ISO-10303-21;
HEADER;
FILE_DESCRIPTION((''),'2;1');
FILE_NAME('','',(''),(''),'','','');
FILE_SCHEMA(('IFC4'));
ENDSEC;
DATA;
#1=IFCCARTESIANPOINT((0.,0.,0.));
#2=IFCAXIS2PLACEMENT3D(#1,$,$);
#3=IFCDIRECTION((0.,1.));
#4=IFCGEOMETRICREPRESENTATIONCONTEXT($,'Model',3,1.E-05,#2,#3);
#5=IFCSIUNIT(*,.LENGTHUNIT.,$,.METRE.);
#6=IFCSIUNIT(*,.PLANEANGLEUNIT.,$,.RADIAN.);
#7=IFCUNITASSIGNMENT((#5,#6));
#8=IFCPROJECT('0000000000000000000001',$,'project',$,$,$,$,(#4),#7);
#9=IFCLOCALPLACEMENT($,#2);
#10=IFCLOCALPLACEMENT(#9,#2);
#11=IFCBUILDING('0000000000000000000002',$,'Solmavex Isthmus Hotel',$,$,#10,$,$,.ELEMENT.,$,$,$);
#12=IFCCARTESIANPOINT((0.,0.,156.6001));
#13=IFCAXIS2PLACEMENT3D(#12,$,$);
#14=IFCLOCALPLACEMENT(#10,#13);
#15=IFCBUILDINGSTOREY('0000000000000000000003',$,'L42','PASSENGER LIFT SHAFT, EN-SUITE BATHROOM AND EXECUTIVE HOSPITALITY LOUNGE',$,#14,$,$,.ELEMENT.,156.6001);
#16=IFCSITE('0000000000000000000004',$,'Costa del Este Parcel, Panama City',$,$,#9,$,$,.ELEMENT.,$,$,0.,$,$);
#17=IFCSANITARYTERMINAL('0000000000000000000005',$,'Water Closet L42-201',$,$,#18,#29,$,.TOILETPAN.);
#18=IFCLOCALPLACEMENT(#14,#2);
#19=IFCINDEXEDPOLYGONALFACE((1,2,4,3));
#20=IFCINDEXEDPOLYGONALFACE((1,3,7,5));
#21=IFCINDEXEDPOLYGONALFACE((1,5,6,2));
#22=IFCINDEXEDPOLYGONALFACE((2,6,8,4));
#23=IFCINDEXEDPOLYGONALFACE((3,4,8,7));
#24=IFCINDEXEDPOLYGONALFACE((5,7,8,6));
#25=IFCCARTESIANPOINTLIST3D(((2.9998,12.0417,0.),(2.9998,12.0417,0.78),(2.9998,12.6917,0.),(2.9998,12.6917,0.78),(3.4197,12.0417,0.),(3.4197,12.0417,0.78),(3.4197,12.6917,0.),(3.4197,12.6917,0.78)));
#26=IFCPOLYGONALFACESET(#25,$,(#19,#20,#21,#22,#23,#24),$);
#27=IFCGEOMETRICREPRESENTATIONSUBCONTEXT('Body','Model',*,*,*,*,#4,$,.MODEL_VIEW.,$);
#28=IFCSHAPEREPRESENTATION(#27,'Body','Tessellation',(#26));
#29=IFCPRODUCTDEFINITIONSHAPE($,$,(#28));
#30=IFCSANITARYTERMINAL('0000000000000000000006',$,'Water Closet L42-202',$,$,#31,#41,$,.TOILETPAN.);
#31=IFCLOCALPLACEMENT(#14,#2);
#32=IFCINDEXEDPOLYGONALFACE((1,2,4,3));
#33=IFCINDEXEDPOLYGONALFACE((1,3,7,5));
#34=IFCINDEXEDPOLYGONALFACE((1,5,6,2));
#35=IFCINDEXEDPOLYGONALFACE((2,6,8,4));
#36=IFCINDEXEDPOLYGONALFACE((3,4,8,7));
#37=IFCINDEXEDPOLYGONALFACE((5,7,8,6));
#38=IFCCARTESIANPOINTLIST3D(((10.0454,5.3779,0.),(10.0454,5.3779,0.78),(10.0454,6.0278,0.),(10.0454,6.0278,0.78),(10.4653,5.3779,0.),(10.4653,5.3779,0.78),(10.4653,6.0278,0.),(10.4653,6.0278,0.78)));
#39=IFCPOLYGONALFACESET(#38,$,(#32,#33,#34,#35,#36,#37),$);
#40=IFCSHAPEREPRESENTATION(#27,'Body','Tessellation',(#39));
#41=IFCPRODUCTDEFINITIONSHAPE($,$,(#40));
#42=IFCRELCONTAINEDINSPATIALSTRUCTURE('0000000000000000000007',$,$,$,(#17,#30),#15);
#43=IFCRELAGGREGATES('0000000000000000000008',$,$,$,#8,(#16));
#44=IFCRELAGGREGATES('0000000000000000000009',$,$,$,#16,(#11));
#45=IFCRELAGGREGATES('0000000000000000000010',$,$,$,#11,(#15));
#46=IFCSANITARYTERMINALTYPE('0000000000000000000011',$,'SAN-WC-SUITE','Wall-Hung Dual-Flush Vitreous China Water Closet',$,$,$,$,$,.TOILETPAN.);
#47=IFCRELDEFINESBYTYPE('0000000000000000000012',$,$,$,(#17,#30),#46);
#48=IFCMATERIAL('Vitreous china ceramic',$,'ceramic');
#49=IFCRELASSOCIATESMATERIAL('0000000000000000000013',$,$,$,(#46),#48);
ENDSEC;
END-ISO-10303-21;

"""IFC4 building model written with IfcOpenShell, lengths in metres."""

from ifc_helpers import new_model, si_unit, direction, frame, origin, origin_2d, place, context, subcontext, project, spatial, rectangle, extrude, material, type_object, element, save


model = new_model("IFC4")

# Units and contexts
model_context = context("Model", 3, precision=1e-05, world=origin(), true_north=direction((0.0, 1.0)))
body_context = subcontext(model_context, "Body", "Model", "MODEL_VIEW")
ifc_project = project(units=[si_unit("LENGTHUNIT", "METRE"), si_unit("PLANEANGLEUNIT", "RADIAN")], contexts=[model_context])

# Site, building, storey
site_placement = place(None, origin())
site = spatial("IfcSite", under=ifc_project, at=site_placement, Name="Costa del Este Parcel, Panama City", CompositionType="ELEMENT", RefElevation=0.0)
building_placement = place(site_placement, origin())
building = spatial("IfcBuilding", under=site, at=building_placement, Name="Solmavex Isthmus Hotel", CompositionType="ELEMENT")
storey_placement = place(building_placement, frame((0.0, 0.0, 156.6001)))
storey = spatial("IfcBuildingStorey", under=building, at=storey_placement, Name="L42", Description="PASSENGER LIFT SHAFT, EN-SUITE BATHROOM AND EXECUTIVE HOSPITALITY LOUNGE", CompositionType="ELEMENT", Elevation=156.6001)

# Sanitary terminals
ifc_material_1 = material(Name="Vitreous china ceramic", Category="ceramic")
sanitary_terminal_type_1 = type_object("IfcSanitaryTerminalType", Name="SAN-WC-SUITE", Description="Wall-Hung Dual-Flush Vitreous China Water Closet", PredefinedType="TOILETPAN", material=ifc_material_1)
for number, where, z_axis, x_axis, name in (
    (1, (3.2097, 12.3667, 0.0), (0.0, 0.0, 1.0), (1.0, 0.0, 0.0), "Water Closet L42-201"),
    (2, (10.2554, 5.7029, 0.0), (0.0, 0.0, 1.0), (1.0, 0.0, 0.0), "Water Closet L42-202"),
):
    element("IfcSanitaryTerminal", number, at=place(storey_placement, frame(where, z_axis=z_axis, x_axis=x_axis)), inside=storey, type_object=sanitary_terminal_type_1, Name=name, PredefinedType="TOILETPAN", context=body_context, shape_type="SweptSolid", body=[
        extrude(rectangle(XDim=0.4199, YDim=0.6499, at=origin_2d()), origin(), (0.0, 0.0, 1.0), 0.78),
    ])

save(model, "model.ifc")
